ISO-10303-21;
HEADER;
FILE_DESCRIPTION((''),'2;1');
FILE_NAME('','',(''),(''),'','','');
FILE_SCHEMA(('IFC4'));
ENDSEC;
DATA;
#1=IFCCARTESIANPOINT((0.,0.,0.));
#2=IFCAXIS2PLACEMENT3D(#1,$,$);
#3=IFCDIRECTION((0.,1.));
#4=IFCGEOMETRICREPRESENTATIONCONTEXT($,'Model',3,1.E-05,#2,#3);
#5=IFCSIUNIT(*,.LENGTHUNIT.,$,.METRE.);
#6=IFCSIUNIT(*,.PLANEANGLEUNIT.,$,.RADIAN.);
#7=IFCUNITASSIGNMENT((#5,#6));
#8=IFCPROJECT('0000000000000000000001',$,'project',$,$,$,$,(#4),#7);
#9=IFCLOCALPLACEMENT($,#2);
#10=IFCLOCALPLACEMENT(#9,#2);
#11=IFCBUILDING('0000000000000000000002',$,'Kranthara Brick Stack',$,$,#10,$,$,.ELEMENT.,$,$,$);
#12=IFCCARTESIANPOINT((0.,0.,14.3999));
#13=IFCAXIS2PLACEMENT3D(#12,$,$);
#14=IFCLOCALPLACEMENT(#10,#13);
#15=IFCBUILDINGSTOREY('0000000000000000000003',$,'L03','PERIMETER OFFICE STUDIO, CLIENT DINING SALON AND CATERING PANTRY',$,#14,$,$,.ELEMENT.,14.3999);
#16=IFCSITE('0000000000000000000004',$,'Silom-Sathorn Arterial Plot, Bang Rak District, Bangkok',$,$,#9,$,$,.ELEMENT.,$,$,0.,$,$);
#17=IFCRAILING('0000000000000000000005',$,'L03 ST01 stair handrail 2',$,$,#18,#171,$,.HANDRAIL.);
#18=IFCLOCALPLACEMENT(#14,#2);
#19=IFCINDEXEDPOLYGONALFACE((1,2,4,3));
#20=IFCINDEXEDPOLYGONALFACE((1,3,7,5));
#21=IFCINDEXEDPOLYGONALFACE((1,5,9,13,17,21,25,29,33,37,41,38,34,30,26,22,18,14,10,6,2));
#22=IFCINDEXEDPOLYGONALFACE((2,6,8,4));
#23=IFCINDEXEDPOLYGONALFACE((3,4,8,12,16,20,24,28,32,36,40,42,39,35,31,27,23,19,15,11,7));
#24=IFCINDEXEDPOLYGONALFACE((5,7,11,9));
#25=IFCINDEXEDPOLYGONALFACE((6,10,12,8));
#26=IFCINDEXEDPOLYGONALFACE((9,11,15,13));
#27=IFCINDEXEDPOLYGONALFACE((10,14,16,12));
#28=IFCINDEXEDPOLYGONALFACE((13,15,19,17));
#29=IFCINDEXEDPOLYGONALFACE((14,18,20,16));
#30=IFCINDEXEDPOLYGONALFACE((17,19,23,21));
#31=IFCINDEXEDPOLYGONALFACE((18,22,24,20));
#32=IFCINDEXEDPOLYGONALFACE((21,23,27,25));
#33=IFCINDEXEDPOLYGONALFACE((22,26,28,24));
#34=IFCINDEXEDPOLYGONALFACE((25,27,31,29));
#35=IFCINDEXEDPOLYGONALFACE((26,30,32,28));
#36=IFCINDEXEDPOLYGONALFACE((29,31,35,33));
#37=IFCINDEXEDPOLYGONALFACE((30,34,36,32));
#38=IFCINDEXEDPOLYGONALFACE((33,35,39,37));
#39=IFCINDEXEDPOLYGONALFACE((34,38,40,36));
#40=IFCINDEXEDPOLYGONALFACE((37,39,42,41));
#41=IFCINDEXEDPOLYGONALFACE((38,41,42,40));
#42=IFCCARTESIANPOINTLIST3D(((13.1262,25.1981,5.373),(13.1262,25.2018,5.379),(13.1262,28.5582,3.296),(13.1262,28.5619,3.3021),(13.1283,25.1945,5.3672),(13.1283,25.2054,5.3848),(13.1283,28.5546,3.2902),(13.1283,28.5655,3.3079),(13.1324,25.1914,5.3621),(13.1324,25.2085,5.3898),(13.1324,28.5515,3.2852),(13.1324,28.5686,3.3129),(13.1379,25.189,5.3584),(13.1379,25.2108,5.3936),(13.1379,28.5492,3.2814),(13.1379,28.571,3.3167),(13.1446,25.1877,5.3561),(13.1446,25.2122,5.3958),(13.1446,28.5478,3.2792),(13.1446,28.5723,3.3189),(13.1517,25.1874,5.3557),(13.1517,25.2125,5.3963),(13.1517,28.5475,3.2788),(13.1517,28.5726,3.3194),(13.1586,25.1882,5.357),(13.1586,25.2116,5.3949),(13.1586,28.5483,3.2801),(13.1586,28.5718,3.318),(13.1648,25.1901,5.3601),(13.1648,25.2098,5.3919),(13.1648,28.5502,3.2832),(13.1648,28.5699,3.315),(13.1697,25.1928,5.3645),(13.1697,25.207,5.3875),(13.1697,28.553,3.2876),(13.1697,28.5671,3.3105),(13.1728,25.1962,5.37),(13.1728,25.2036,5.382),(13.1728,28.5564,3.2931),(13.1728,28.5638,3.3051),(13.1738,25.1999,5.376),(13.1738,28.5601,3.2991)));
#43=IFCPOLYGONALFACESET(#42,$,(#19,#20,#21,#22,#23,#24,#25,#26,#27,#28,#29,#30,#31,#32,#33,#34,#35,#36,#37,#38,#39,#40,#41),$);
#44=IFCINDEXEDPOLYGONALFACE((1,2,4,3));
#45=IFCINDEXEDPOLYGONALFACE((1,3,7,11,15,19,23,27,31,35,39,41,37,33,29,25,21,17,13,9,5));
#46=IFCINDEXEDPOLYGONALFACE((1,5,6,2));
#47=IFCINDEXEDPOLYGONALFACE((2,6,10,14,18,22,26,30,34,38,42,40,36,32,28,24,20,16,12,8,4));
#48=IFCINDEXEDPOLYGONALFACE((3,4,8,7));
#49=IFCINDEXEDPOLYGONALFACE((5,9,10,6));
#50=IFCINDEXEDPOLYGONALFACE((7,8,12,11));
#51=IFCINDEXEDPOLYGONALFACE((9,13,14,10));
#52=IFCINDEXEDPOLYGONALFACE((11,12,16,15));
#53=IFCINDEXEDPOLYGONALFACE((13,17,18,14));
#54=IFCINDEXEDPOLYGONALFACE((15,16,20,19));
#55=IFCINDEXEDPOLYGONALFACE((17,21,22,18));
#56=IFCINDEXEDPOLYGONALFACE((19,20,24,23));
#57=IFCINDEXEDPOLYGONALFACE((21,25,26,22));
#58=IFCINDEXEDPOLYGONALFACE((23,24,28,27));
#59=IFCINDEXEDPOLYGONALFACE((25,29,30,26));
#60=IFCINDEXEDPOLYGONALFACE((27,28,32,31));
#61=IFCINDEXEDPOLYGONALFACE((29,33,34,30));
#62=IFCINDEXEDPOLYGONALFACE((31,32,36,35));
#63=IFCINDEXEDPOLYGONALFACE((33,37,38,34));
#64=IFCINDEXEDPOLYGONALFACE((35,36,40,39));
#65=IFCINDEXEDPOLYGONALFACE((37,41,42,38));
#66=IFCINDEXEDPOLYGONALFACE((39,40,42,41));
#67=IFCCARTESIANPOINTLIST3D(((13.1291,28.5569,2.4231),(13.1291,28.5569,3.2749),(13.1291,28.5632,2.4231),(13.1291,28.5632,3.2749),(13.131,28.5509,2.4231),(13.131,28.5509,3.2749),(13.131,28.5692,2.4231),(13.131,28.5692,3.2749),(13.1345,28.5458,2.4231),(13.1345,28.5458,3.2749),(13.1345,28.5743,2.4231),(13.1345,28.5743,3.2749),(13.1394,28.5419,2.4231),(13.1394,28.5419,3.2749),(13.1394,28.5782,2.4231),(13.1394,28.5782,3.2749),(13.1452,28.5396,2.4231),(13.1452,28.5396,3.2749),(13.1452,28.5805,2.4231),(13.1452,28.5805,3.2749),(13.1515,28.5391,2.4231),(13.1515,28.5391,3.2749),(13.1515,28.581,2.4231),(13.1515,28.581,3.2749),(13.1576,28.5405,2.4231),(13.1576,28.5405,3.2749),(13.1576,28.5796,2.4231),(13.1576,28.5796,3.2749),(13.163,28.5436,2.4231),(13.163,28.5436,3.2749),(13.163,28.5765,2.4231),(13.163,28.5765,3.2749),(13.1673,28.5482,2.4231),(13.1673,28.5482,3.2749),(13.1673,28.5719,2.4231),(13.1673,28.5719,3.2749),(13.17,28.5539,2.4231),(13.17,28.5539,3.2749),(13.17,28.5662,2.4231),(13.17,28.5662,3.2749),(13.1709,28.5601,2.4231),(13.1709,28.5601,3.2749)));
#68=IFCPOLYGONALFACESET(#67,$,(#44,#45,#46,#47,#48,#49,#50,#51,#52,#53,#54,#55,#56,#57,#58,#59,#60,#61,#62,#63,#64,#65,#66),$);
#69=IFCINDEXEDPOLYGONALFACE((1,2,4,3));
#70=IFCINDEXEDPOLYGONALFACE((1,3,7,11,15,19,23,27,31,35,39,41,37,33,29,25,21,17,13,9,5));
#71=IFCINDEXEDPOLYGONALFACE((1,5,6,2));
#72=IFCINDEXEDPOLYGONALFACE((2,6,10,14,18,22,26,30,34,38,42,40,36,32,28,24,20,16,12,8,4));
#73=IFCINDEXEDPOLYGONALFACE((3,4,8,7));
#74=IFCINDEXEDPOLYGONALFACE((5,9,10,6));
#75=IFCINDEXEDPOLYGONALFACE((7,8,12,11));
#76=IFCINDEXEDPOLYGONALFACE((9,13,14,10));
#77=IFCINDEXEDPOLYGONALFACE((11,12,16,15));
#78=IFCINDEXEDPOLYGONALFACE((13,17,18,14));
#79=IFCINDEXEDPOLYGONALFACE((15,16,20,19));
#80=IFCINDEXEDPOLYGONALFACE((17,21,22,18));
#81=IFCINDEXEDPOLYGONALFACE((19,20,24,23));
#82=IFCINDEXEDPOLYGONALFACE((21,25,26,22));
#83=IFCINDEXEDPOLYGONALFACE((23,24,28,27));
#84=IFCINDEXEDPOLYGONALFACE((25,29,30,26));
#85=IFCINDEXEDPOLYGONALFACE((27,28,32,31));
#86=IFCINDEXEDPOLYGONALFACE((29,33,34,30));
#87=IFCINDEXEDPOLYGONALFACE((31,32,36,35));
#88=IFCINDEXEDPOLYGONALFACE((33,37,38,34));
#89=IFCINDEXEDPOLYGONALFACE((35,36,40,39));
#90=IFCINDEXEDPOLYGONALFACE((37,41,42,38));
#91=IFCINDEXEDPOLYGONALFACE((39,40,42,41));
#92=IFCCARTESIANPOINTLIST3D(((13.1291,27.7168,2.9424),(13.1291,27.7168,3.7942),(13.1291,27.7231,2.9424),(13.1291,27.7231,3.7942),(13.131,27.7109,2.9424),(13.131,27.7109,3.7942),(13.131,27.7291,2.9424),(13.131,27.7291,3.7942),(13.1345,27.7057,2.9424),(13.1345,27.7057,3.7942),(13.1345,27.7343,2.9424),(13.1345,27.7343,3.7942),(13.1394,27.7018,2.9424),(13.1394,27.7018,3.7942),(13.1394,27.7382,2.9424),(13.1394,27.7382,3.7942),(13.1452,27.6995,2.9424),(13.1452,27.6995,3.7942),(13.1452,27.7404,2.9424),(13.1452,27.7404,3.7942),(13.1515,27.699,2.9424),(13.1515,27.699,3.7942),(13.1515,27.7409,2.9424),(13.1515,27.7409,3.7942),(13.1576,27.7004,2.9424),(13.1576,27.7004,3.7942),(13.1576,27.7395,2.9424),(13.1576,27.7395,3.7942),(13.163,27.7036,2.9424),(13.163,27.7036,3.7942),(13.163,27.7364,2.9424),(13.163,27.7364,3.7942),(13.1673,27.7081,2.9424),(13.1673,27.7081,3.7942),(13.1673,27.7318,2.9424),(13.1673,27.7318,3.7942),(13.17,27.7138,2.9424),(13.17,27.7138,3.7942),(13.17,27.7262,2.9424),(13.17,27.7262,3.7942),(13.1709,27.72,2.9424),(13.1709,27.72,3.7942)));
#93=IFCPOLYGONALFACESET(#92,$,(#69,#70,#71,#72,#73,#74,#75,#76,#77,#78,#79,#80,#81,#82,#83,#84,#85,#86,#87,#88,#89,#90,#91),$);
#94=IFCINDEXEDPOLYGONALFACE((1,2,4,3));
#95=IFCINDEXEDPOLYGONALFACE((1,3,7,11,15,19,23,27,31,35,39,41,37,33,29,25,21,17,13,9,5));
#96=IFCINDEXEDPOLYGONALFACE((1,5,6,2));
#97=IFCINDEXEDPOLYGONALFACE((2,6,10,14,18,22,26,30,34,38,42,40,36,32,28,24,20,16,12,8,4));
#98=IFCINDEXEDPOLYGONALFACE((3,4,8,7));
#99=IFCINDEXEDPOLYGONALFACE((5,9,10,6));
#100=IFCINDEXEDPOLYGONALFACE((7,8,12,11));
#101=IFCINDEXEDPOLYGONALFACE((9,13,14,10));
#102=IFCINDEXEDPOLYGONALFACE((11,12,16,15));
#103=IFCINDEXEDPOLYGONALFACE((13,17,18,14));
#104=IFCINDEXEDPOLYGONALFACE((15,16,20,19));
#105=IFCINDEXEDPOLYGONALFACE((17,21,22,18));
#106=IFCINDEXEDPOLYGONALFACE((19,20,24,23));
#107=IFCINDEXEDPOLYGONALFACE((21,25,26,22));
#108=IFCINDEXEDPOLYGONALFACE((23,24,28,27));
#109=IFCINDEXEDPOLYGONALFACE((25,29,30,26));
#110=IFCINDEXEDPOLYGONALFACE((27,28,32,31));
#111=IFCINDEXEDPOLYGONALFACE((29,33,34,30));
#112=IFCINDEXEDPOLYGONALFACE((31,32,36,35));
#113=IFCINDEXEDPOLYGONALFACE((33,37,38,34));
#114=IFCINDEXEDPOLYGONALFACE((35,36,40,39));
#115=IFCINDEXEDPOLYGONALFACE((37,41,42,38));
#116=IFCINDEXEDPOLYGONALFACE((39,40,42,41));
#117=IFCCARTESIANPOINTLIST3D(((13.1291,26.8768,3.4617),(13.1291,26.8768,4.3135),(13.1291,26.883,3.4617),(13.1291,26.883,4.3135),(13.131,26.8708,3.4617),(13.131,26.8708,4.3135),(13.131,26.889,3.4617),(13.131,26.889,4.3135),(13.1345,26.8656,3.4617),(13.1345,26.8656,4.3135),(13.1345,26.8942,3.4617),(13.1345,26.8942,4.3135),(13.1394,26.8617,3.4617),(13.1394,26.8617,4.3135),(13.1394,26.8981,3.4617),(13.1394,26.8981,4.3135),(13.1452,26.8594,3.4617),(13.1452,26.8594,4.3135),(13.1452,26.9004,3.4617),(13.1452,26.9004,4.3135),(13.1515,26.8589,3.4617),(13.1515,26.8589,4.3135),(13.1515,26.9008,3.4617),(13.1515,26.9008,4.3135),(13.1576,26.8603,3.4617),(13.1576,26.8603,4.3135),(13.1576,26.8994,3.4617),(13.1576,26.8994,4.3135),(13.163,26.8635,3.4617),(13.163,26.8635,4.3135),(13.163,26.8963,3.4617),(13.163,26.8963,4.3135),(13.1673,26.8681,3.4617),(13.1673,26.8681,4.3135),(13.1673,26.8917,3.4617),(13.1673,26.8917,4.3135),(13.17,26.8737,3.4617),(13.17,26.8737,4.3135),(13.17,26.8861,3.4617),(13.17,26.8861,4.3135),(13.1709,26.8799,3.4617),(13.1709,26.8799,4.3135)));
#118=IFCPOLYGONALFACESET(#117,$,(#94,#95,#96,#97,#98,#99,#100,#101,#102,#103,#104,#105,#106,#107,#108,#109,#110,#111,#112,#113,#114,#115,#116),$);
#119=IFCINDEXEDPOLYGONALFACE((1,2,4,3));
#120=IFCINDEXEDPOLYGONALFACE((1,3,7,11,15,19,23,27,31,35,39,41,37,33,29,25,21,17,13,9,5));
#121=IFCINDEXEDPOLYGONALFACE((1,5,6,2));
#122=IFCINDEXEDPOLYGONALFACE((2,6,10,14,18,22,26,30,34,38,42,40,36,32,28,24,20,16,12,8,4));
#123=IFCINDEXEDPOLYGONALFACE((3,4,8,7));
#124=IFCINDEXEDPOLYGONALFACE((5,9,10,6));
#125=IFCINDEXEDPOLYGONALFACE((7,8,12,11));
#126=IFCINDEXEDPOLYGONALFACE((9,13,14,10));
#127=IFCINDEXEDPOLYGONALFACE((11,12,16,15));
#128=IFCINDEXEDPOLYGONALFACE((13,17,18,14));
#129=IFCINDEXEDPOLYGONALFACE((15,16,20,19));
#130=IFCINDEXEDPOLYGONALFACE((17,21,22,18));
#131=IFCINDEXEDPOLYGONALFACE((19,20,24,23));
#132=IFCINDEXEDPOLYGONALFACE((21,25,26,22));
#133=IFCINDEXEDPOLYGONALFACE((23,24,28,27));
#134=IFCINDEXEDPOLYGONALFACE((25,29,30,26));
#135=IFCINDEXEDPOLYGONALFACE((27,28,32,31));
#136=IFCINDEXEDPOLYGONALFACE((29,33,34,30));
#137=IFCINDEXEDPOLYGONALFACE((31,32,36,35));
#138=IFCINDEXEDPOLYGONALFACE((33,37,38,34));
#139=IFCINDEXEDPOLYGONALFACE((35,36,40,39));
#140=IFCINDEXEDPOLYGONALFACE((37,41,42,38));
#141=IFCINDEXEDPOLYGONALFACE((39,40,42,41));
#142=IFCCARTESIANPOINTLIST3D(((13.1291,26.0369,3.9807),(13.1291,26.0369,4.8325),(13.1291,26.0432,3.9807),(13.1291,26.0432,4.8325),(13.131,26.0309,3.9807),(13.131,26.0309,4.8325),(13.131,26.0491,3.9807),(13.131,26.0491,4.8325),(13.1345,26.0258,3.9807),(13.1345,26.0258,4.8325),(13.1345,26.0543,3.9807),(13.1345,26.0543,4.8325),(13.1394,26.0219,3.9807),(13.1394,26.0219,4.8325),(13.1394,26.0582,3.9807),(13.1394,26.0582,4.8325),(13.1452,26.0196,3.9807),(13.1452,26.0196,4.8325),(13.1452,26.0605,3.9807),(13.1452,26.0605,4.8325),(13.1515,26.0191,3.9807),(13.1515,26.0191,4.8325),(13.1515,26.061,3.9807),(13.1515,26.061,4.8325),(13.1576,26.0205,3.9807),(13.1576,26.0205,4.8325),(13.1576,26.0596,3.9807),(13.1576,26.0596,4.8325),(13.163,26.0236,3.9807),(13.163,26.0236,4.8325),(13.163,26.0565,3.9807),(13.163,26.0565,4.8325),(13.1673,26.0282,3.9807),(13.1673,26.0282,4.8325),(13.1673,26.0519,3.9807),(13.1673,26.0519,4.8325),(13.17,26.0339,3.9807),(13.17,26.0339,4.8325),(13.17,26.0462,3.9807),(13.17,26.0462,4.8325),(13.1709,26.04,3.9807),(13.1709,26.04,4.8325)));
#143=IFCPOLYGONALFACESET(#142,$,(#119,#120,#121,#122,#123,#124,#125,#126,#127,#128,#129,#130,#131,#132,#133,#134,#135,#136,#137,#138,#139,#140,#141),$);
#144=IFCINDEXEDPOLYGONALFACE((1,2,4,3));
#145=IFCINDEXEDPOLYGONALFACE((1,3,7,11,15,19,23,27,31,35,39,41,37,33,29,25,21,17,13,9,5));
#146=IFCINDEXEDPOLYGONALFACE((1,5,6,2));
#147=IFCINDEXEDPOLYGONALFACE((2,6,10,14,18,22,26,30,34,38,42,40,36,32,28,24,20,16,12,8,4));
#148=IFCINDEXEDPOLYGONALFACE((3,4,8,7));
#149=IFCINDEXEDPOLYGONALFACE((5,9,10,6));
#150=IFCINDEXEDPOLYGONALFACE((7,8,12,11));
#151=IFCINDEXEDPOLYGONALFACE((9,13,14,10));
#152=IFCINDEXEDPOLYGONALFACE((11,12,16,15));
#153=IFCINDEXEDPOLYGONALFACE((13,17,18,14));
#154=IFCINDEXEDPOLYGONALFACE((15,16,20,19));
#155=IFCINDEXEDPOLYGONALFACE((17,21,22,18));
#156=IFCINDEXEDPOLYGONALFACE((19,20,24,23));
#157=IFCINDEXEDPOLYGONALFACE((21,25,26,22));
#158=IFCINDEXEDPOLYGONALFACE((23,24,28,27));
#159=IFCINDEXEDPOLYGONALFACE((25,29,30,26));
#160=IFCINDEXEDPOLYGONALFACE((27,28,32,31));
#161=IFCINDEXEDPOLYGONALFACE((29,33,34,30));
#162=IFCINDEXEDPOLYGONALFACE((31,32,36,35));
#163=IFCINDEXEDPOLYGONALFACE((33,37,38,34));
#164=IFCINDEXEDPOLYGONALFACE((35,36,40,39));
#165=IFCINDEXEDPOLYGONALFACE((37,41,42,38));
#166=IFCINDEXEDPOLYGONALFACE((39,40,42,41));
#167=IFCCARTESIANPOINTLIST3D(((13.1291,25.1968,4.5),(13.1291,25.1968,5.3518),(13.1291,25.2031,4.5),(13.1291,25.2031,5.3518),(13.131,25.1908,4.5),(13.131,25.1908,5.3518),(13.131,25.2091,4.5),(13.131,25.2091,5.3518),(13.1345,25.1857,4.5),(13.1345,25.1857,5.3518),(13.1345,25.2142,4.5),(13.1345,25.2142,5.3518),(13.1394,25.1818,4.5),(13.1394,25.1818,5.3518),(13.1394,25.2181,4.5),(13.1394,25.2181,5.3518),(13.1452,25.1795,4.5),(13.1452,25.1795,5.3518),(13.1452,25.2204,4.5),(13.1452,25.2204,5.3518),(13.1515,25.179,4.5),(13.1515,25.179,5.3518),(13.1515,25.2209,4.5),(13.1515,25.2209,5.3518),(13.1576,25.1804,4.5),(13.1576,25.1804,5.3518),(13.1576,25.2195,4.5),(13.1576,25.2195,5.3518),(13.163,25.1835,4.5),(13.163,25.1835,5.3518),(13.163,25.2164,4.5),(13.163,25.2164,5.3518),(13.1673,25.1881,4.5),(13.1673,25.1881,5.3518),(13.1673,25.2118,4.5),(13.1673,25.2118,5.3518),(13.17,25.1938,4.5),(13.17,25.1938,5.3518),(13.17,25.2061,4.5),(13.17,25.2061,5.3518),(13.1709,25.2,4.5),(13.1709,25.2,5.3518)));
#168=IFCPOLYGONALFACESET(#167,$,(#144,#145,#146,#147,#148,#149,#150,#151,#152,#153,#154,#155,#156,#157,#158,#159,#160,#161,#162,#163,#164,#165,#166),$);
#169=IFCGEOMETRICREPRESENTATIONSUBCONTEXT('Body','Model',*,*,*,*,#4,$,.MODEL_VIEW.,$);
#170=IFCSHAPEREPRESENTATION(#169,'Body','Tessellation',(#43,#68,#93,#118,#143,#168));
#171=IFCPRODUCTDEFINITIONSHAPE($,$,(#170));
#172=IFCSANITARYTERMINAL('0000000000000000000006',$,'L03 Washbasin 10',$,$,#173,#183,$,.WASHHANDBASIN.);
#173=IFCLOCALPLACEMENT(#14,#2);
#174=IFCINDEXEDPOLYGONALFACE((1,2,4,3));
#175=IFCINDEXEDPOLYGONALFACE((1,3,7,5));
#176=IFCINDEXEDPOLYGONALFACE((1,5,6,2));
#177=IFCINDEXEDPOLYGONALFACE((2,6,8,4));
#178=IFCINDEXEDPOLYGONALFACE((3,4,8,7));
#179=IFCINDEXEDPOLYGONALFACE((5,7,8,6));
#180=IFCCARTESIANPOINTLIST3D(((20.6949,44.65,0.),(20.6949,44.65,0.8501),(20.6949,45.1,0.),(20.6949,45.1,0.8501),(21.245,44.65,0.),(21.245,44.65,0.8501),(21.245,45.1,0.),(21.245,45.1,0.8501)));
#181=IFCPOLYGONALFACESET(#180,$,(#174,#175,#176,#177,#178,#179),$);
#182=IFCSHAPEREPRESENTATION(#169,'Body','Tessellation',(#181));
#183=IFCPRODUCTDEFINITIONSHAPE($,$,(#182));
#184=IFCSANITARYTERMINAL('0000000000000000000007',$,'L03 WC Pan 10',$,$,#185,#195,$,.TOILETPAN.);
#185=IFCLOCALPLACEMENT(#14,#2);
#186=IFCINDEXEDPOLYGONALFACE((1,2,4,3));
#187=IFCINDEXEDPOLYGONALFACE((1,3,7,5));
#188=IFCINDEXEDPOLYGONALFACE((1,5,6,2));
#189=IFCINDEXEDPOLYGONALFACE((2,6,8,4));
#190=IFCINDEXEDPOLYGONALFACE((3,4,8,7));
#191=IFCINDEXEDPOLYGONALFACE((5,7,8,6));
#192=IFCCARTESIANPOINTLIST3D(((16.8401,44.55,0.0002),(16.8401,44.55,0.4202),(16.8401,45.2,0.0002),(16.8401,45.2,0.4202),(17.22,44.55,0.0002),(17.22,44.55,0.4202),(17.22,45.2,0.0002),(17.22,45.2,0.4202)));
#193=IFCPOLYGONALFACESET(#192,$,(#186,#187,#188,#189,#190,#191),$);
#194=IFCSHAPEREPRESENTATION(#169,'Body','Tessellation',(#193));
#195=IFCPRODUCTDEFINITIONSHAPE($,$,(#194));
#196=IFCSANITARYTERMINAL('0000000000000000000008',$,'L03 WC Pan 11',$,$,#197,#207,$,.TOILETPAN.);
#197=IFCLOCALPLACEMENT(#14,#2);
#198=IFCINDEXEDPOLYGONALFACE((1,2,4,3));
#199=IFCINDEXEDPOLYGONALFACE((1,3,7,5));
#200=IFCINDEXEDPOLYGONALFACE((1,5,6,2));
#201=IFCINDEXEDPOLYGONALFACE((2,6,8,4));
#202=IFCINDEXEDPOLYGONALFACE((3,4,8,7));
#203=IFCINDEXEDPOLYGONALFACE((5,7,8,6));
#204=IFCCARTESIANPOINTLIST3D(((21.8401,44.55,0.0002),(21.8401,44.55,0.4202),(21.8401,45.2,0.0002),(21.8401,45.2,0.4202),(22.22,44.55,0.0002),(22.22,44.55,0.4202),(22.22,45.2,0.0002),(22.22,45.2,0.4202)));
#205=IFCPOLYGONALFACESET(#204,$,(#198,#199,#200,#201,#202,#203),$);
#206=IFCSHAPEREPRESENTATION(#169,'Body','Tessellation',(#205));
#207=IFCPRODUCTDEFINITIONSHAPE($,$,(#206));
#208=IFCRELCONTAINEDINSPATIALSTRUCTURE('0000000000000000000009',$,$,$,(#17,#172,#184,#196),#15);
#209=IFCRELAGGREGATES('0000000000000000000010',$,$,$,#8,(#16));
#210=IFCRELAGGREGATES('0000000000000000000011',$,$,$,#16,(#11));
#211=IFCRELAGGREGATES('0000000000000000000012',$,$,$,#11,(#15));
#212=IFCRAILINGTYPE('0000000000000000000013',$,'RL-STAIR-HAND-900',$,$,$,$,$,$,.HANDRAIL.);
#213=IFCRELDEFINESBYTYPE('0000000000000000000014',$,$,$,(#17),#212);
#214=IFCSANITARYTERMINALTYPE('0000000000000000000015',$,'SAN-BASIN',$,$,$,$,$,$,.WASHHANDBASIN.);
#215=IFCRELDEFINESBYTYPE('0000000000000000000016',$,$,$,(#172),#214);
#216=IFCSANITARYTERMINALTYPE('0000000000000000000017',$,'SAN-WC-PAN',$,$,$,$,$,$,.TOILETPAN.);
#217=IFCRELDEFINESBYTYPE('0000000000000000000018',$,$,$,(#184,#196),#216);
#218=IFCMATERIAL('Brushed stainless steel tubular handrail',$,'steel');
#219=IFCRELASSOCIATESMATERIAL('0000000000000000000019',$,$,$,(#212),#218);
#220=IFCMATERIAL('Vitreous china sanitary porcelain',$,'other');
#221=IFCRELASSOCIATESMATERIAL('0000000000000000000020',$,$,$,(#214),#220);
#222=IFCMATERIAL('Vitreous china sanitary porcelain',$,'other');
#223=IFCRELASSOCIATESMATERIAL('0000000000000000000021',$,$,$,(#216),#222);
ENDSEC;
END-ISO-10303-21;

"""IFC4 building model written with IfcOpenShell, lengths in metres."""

from ifc_helpers import new_model, si_unit, direction, frame, origin, origin_2d, place, context, subcontext, project, spatial, rectangle, circle, extrude, material, type_object, element, save


model = new_model("IFC4")

# Units and contexts
model_context = context("Model", 3, precision=1e-05, world=origin(), true_north=direction((0.0, 1.0)))
body_context = subcontext(model_context, "Body", "Model", "MODEL_VIEW")
ifc_project = project(units=[si_unit("LENGTHUNIT", "METRE"), si_unit("PLANEANGLEUNIT", "RADIAN")], contexts=[model_context])

# Site, building, storey
site_placement = place(None, origin())
site = spatial("IfcSite", under=ifc_project, at=site_placement, Name="Silom-Sathorn Arterial Plot, Bang Rak District, Bangkok", CompositionType="ELEMENT", RefElevation=0.0)
building_placement = place(site_placement, origin())
building = spatial("IfcBuilding", under=site, at=building_placement, Name="Kranthara Brick Stack", CompositionType="ELEMENT")
storey_placement = place(building_placement, frame((0.0, 0.0, 14.3999)))
storey = spatial("IfcBuildingStorey", under=building, at=storey_placement, Name="L03", Description="PERIMETER OFFICE STUDIO, CLIENT DINING SALON AND CATERING PANTRY", CompositionType="ELEMENT", Elevation=14.3999)

# Railing
ifc_material_1 = material(Name="Brushed stainless steel tubular handrail", Category="steel")
railing_type_1 = type_object("IfcRailingType", Name="RL-STAIR-HAND-900", PredefinedType="HANDRAIL", material=ifc_material_1)
railing_1_placement = place(storey_placement, frame((13.1499, 28.5601, 2.4231)))
element("IfcRailing", 1, at=railing_1_placement, inside=storey, type_object=railing_type_1, Name="L03 ST01 stair handrail 2", PredefinedType="HANDRAIL", context=body_context, shape_type="SweptSolid", body=[
    extrude(circle(Radius=0.0239, at=origin_2d()), frame((0.0, 0.0, 0.876), z_axis=(0.0, -0.850623, 0.525776), x_axis=(1.0, 0.0, 0.0)), (0.0, 0.0, 1.0), 3.9502),
    extrude(circle(Radius=0.021, at=origin_2d()), origin(), (0.0, 0.0, 1.0), 0.8518),
    extrude(circle(Radius=0.021, at=origin_2d()), frame((0.0, -0.8401, 0.5193)), (0.0, 0.0, 1.0), 0.8518),
    extrude(circle(Radius=0.021, at=origin_2d()), frame((0.0, -1.6802, 1.0386)), (0.0, 0.0, 1.0), 0.8518),
    extrude(circle(Radius=0.021, at=origin_2d()), frame((0.0, -2.52, 1.5576)), (0.0, 0.0, 1.0), 0.8518),
    extrude(circle(Radius=0.021, at=origin_2d()), frame((0.0, -3.3601, 2.0769)), (0.0, 0.0, 1.0), 0.8518),
])

# Sanitary terminals
ifc_material_2 = material(Name="Vitreous china sanitary porcelain", Category="other")
sanitary_terminal_type_1 = type_object("IfcSanitaryTerminalType", Name="SAN-BASIN", PredefinedType="WASHHANDBASIN", material=ifc_material_2)
sanitary_terminal_placement = place(storey_placement, frame((20.97, 44.875, 0.0), z_axis=(0.0, 0.0, 1.0), x_axis=(1.0, 0.0, 0.0)))
element("IfcSanitaryTerminal", 2, at=sanitary_terminal_placement, inside=storey, type_object=sanitary_terminal_type_1, Name="L03 Washbasin 10", PredefinedType="WASHHANDBASIN", context=body_context, shape_type="SweptSolid", body=[
    extrude(rectangle(XDim=0.55, YDim=0.45, at=origin_2d()), origin(), (0.0, 0.0, 1.0), 0.8501),
])
ifc_material_3 = material(Name="Vitreous china sanitary porcelain", Category="other")
sanitary_terminal_type_2 = type_object("IfcSanitaryTerminalType", Name="SAN-WC-PAN", PredefinedType="TOILETPAN", material=ifc_material_3)
for number, where, z_axis, x_axis, name in (
    (3, (17.03, 44.875, 0.0002), (0.0, 0.0, 1.0), (1.0, 0.0, 0.0), "L03 WC Pan 10"),
    (4, (22.03, 44.875, 0.0002), (0.0, 0.0, 1.0), (1.0, 0.0, 0.0), "L03 WC Pan 11"),
):
    element("IfcSanitaryTerminal", number, at=place(storey_placement, frame(where, z_axis=z_axis, x_axis=x_axis)), inside=storey, type_object=sanitary_terminal_type_2, Name=name, PredefinedType="TOILETPAN", context=body_context, shape_type="SweptSolid", body=[
        extrude(rectangle(XDim=0.3799, YDim=0.6499, at=origin_2d()), origin(), (0.0, 0.0, 1.0), 0.4199),
    ])

save(model, "model.ifc")
